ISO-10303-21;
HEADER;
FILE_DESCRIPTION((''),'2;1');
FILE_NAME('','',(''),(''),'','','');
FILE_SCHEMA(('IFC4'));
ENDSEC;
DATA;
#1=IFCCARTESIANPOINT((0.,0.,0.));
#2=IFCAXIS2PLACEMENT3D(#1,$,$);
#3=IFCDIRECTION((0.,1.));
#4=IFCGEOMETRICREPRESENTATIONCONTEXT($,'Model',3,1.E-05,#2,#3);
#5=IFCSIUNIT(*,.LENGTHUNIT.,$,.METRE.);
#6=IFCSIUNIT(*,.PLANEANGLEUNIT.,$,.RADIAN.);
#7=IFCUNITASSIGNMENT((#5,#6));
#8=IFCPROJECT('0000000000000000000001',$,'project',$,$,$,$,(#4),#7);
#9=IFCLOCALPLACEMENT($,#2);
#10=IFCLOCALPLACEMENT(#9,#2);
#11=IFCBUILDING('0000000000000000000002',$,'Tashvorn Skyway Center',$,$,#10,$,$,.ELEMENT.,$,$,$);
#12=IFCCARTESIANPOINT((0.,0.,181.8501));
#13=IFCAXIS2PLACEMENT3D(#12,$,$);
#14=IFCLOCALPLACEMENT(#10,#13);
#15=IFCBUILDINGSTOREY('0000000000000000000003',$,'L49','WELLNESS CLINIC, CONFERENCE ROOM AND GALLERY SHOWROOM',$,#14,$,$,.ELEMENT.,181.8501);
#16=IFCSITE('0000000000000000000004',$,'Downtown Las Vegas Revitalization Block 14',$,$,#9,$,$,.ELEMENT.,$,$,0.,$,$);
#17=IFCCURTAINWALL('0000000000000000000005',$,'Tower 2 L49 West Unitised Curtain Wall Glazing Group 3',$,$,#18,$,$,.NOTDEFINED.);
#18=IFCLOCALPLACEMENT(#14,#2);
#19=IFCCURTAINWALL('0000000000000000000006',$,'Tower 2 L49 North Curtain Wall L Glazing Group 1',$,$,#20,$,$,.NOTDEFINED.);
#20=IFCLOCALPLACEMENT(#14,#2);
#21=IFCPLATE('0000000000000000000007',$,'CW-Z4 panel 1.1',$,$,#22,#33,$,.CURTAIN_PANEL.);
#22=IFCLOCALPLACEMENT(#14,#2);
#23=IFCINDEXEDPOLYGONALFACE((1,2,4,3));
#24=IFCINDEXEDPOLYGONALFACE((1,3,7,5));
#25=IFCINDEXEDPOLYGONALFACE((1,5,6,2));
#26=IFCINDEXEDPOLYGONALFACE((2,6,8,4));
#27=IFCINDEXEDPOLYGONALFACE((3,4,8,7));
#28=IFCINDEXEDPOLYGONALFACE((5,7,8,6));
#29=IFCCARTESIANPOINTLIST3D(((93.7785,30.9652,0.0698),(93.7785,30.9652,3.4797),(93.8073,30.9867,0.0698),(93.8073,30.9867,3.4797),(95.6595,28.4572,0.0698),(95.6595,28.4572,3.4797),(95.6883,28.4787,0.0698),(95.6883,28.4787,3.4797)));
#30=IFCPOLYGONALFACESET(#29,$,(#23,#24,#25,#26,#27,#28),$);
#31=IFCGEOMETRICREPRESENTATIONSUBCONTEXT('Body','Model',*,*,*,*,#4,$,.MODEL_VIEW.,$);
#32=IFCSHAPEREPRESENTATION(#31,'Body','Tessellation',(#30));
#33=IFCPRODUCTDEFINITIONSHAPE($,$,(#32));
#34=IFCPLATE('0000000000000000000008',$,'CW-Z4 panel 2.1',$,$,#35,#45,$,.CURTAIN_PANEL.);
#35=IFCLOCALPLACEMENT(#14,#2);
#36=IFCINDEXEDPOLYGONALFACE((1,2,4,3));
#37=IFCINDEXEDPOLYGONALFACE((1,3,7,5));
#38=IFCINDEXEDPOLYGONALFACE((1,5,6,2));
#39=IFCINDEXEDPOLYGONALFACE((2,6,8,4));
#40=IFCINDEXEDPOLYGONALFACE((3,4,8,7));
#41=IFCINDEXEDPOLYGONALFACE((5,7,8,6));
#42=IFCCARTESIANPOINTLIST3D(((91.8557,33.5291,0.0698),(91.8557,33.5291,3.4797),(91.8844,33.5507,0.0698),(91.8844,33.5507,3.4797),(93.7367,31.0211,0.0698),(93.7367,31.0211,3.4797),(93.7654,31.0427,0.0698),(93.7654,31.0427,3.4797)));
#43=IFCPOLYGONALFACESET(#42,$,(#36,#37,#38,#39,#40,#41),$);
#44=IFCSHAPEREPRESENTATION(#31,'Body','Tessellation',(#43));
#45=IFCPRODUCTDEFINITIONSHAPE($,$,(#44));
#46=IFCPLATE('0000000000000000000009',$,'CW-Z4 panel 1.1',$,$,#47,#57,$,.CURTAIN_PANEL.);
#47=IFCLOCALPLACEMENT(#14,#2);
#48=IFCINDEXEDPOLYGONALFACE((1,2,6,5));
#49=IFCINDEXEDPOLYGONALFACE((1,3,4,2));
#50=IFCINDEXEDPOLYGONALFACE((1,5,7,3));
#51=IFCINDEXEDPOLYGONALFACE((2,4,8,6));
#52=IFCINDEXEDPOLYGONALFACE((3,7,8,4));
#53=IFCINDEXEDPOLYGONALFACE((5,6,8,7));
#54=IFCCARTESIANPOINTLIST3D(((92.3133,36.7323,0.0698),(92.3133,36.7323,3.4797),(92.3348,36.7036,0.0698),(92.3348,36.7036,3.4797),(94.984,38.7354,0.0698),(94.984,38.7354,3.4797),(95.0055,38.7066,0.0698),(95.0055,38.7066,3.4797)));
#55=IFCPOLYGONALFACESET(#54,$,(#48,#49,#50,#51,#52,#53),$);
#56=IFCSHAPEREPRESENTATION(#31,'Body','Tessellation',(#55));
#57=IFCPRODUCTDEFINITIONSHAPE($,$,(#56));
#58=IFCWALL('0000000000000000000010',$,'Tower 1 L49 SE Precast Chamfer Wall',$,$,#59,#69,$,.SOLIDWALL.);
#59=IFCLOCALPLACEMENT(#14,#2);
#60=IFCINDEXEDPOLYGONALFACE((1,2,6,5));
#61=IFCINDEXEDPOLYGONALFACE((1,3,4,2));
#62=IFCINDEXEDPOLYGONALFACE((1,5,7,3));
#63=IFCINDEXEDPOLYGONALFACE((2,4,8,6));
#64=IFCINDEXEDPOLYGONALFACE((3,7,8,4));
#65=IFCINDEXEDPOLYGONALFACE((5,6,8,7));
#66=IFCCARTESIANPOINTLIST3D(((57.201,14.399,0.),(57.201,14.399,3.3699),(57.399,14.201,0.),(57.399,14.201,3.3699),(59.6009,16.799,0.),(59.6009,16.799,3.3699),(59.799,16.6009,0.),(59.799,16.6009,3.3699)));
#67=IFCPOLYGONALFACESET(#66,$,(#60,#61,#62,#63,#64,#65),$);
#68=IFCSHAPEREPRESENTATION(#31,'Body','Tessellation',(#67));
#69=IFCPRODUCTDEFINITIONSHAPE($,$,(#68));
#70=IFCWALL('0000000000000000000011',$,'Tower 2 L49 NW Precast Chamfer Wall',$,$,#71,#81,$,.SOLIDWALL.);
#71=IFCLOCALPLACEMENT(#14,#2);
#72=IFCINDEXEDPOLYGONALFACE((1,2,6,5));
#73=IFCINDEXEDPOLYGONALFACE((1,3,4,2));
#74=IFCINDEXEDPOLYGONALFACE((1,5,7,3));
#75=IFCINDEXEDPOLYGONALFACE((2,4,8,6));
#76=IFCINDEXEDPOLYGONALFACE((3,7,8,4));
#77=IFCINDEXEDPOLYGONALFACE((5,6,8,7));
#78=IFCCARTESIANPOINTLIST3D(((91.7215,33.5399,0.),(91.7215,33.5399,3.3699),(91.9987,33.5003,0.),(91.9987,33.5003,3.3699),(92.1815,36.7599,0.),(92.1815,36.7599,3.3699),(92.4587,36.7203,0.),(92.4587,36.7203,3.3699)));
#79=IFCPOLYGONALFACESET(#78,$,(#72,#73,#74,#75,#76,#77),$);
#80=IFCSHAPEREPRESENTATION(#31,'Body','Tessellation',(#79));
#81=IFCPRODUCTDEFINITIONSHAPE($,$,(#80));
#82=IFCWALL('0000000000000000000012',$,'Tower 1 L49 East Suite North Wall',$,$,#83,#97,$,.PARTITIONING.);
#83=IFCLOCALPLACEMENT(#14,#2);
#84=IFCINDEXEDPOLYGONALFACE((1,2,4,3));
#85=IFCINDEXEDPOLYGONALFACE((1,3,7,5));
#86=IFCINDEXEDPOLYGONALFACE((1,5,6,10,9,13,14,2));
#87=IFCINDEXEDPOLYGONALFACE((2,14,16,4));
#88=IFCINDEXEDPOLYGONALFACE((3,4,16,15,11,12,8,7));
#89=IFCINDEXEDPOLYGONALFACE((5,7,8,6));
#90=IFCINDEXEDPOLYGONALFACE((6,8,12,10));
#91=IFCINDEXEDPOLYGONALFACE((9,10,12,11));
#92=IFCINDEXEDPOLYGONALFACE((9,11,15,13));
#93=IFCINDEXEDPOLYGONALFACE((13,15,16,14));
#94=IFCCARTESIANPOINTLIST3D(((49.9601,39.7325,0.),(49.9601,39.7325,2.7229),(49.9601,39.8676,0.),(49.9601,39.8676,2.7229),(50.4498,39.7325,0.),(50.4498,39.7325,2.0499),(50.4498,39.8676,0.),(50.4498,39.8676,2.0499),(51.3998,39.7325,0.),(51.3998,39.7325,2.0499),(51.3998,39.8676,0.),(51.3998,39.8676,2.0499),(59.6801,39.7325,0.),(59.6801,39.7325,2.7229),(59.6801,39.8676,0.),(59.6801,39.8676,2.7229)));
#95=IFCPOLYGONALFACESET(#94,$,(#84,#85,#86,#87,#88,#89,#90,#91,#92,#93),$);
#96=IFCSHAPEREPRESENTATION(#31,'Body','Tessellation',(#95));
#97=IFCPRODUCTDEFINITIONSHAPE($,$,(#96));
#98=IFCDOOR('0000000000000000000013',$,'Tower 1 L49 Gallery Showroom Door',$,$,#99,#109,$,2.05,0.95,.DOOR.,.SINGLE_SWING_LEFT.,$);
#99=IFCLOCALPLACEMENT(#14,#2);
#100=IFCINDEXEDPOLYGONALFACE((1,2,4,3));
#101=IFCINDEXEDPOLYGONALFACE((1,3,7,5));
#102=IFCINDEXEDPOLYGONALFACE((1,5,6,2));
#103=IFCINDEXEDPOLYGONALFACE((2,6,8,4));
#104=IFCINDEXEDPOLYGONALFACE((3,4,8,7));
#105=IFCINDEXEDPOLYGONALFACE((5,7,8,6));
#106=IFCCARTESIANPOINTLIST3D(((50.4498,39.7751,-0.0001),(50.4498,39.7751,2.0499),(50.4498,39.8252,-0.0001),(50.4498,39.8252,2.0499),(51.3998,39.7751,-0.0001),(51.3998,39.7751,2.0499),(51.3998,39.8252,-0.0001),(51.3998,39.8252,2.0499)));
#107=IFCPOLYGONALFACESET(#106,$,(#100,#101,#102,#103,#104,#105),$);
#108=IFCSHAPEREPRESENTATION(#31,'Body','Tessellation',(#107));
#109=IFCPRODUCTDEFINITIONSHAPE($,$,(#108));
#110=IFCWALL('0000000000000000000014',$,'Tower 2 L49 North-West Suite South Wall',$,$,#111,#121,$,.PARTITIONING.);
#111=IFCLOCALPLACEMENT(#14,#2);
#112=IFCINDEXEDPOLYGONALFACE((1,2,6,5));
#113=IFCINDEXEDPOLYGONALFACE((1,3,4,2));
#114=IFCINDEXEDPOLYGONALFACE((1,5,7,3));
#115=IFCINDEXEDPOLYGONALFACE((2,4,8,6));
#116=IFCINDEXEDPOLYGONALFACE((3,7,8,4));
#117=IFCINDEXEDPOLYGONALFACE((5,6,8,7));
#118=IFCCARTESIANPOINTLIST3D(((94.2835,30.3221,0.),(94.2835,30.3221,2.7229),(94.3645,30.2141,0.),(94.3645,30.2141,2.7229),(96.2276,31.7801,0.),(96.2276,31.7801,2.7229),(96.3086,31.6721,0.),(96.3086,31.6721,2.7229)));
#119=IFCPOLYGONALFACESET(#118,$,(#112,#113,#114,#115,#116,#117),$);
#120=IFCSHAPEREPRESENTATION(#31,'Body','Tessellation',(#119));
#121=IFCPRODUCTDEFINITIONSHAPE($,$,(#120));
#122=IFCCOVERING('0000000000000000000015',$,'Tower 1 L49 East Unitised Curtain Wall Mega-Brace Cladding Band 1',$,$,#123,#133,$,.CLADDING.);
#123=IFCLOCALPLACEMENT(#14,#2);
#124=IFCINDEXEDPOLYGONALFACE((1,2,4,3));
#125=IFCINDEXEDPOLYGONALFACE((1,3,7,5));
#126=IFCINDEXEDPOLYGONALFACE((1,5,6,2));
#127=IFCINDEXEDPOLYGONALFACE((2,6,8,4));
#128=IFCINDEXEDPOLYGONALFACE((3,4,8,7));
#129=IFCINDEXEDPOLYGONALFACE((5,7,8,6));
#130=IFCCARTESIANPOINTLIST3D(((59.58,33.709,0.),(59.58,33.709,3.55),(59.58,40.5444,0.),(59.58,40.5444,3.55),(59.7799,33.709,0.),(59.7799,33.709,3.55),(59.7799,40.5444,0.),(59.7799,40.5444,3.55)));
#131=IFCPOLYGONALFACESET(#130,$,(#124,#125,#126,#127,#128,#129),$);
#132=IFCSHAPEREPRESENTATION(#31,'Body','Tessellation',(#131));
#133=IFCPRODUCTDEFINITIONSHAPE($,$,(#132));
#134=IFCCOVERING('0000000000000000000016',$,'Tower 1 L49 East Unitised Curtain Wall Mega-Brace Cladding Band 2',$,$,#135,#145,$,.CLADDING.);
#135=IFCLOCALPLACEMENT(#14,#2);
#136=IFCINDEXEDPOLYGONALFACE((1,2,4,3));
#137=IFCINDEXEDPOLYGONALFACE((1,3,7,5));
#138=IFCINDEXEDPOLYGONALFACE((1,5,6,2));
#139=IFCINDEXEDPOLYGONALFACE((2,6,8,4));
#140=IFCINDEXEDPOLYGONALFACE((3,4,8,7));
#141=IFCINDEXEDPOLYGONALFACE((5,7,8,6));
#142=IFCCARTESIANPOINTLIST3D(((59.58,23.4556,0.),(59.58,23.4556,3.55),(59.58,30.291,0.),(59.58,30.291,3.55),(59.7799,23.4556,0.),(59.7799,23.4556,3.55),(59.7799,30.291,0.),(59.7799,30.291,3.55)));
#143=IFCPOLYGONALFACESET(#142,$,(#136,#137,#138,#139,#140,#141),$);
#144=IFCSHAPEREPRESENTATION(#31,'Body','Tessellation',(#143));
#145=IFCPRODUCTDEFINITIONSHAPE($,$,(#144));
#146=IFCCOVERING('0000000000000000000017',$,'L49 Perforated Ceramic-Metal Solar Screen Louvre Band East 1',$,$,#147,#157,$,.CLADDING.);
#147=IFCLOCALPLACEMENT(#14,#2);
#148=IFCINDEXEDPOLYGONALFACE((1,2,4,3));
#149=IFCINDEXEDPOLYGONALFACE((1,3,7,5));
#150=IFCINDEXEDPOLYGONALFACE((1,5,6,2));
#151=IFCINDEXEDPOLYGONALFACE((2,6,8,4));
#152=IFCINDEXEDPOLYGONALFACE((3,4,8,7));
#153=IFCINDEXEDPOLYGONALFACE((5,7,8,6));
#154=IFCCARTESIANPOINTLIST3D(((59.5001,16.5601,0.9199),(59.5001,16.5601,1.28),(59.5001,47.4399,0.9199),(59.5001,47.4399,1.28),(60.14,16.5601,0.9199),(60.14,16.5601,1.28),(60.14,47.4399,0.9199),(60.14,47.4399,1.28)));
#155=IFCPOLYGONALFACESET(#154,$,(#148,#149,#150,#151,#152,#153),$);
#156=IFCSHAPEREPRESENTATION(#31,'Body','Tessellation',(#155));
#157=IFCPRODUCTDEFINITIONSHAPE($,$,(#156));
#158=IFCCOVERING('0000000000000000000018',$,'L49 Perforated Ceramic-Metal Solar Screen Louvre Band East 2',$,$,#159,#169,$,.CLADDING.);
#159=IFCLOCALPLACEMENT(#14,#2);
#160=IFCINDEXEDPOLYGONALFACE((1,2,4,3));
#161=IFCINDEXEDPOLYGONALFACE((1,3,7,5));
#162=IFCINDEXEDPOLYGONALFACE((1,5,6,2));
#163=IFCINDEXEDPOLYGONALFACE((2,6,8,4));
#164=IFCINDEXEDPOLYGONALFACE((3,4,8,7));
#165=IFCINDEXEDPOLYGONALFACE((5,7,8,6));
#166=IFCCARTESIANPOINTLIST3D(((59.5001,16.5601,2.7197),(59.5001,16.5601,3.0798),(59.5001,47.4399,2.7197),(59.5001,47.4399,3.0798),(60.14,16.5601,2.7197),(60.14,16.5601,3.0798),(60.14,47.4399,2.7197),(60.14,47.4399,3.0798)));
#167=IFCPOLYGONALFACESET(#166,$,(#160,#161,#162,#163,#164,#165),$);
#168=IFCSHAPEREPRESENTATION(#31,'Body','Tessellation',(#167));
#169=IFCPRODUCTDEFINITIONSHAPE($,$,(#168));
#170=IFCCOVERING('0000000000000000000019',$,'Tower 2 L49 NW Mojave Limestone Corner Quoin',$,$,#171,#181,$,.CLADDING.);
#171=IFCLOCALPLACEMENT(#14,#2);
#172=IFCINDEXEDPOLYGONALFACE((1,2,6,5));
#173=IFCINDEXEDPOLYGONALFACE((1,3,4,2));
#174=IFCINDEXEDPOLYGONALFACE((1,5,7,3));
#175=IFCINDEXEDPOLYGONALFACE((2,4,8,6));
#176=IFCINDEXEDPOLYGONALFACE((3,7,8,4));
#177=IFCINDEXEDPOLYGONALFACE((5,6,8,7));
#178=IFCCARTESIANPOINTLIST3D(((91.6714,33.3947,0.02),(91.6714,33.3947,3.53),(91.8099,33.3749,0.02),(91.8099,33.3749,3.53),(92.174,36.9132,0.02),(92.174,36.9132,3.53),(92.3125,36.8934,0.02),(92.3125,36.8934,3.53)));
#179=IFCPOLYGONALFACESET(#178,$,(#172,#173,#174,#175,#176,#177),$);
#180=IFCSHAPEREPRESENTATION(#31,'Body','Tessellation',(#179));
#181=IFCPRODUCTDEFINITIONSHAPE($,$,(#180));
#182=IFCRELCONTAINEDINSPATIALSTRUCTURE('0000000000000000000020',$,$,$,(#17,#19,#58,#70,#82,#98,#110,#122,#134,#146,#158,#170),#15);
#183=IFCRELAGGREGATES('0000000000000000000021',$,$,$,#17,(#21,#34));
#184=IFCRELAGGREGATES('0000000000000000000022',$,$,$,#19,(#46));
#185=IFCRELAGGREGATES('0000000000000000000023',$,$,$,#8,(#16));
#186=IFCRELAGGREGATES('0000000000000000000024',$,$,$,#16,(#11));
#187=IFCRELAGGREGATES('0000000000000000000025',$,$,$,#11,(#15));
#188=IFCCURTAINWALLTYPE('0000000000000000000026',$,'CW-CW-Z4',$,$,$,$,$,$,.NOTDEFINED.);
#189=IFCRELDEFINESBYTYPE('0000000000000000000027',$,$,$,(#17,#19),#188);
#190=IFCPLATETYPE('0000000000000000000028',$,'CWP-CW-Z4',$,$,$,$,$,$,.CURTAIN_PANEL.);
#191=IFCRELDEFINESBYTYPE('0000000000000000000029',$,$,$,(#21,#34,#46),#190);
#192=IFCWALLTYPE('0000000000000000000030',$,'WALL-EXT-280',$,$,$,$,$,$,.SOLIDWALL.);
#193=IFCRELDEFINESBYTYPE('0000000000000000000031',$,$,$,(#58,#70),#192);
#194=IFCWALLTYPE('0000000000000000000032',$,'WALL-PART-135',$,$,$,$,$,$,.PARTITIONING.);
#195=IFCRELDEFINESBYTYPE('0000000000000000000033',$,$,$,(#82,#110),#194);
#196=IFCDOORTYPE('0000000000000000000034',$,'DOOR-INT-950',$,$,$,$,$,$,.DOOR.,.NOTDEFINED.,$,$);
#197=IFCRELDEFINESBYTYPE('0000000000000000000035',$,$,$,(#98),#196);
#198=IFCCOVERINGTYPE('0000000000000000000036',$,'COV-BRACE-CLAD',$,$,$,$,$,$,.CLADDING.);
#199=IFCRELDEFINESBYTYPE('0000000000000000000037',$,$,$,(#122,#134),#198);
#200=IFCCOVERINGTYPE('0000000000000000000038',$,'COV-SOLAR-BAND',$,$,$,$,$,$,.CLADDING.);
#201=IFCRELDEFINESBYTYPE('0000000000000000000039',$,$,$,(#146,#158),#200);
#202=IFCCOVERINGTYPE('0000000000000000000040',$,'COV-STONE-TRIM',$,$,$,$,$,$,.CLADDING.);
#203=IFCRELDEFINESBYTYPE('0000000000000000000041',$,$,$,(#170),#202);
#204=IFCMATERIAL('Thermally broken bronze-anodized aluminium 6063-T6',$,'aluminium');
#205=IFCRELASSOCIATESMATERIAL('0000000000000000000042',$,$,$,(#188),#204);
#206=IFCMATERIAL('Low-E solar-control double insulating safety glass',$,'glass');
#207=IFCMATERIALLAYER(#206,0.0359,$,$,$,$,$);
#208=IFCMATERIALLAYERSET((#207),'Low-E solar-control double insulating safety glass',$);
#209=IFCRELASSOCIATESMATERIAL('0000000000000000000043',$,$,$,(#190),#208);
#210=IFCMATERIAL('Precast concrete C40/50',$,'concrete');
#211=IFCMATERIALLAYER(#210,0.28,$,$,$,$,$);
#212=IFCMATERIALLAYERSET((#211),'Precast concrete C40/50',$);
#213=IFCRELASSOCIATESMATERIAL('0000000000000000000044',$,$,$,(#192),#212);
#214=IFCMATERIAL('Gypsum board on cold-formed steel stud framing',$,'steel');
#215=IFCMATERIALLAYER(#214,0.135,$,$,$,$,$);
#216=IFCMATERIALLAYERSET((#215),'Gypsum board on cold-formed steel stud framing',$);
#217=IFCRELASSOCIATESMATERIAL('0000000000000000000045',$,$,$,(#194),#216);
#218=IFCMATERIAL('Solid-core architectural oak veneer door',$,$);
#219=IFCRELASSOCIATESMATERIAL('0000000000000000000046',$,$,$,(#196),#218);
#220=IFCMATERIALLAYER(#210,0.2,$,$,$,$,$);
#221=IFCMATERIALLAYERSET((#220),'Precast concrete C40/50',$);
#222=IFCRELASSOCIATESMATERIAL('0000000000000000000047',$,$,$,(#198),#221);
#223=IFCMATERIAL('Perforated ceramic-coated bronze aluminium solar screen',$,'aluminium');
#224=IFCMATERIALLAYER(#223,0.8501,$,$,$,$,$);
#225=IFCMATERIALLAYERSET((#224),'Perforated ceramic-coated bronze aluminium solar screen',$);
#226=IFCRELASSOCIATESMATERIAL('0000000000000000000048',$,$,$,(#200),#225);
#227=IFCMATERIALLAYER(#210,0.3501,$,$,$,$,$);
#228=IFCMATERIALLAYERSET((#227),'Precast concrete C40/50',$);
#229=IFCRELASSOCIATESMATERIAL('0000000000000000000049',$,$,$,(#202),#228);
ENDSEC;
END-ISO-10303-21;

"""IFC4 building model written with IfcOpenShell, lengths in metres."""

from ifc_helpers import new_model, si_unit, direction, frame, frame_2d, origin, origin_2d, place, context, subcontext, project, spatial, rectangle, extrude, material, layer, layer_set, type_object, element, fill, aggregate, save


model = new_model("IFC4")

# Units and contexts
model_context = context("Model", 3, precision=1e-05, world=origin(), true_north=direction((0.0, 1.0)))
body_context = subcontext(model_context, "Body", "Model", "MODEL_VIEW")
ifc_project = project(units=[si_unit("LENGTHUNIT", "METRE"), si_unit("PLANEANGLEUNIT", "RADIAN")], contexts=[model_context])

# Site, building, storey
site_placement = place(None, origin())
site = spatial("IfcSite", under=ifc_project, at=site_placement, Name="Downtown Las Vegas Revitalization Block 14", CompositionType="ELEMENT", RefElevation=0.0)
building_placement = place(site_placement, origin())
building = spatial("IfcBuilding", under=site, at=building_placement, Name="Tashvorn Skyway Center", CompositionType="ELEMENT")
storey_placement = place(building_placement, frame((0.0, 0.0, 181.8501)))
storey = spatial("IfcBuildingStorey", under=building, at=storey_placement, Name="L49", Description="WELLNESS CLINIC, CONFERENCE ROOM AND GALLERY SHOWROOM", CompositionType="ELEMENT", Elevation=181.8501)

# Curtain walls
ifc_material_1 = material(Name="Thermally broken bronze-anodized aluminium 6063-T6", Category="aluminium")
curtain_wall_type = type_object("IfcCurtainWallType", Name="CW-CW-Z4", PredefinedType="NOTDEFINED", material=ifc_material_1)
curtain_wall_1_placement = place(storey_placement, origin())
curtain_wall_1 = element("IfcCurtainWall", 1, at=curtain_wall_1_placement, inside=storey, type_object=curtain_wall_type, Name="Tower 2 L49 West Unitised Curtain Wall Glazing Group 3", PredefinedType="NOTDEFINED")
curtain_wall_2_placement = place(storey_placement, origin())
curtain_wall_2 = element("IfcCurtainWall", 2, at=curtain_wall_2_placement, inside=storey, type_object=curtain_wall_type, Name="Tower 2 L49 North Curtain Wall L Glazing Group 1", PredefinedType="NOTDEFINED")

# Plates
ifc_material_2 = material(Name="Low-E solar-control double insulating safety glass", Category="glass")
ifc_layer_1 = layer(ifc_material_2, 0.0359)
ifc_layer_set_1 = layer_set([ifc_layer_1], Name="Low-E solar-control double insulating safety glass")
plate_type = type_object("IfcPlateType", Name="CWP-CW-Z4", PredefinedType="CURTAIN_PANEL", material=ifc_layer_set_1)
plate_1_placement = place(storey_placement, frame((94.7334, 29.7219, 0.0698), z_axis=(0.0, 0.0, 1.0), x_axis=(-0.6, 0.8, 0.0)))
plate_1 = element("IfcPlate", 3, at=plate_1_placement, type_object=plate_type, Name="CW-Z4 panel 1.1", PredefinedType="CURTAIN_PANEL", context=body_context, shape_type="SweptSolid", body=[
    extrude(rectangle(XDim=3.135, YDim=0.0359, at=origin_2d()), origin(), (0.0, 0.0, 1.0), 3.4099),
])
plate_2_placement = place(storey_placement, frame((92.8105, 32.2859, 0.0698), z_axis=(0.0, 0.0, 1.0), x_axis=(-0.6, 0.8, 0.0)))
plate_2 = element("IfcPlate", 4, at=plate_2_placement, type_object=plate_type, Name="CW-Z4 panel 2.1", PredefinedType="CURTAIN_PANEL", context=body_context, shape_type="SweptSolid", body=[
    extrude(rectangle(XDim=3.135, YDim=0.0359, at=origin_2d()), origin(), (0.0, 0.0, 1.0), 3.4099),
])
aggregate(curtain_wall_1, [plate_1, plate_2])
plate_3_placement = place(storey_placement, frame((93.6594, 37.7195, 0.0698), z_axis=(0.0, 0.0, 1.0), x_axis=(0.799998, 0.600002, 0.0)))
plate_3 = element("IfcPlate", 5, at=plate_3_placement, type_object=plate_type, Name="CW-Z4 panel 1.1", PredefinedType="CURTAIN_PANEL", context=body_context, shape_type="SweptSolid", body=[
    extrude(rectangle(XDim=3.3384, YDim=0.0359, at=origin_2d()), origin(), (0.0, 0.0, 1.0), 3.4099),
])
aggregate(curtain_wall_2, [plate_3])

# Walls
ifc_material_3 = material(Name="Precast concrete C40/50", Category="concrete")
ifc_layer_2 = layer(ifc_material_3, 0.28)
ifc_layer_set_2 = layer_set([ifc_layer_2], Name="Precast concrete C40/50")
wall_type_1 = type_object("IfcWallType", Name="WALL-EXT-280", PredefinedType="SOLIDWALL", material=ifc_layer_set_2)
wall_1_placement = place(storey_placement, frame((59.7, 16.7, 0.0), z_axis=(0.0, 0.0, 1.0), x_axis=(-0.707107, -0.707107, 0.0)))
element("IfcWall", 6, at=wall_1_placement, inside=storey, type_object=wall_type_1, Name="Tower 1 L49 SE Precast Chamfer Wall", PredefinedType="SOLIDWALL", context=body_context, shape_type="SweptSolid", body=[
    extrude(rectangle(XDim=3.394, YDim=0.28, at=frame_2d((1.697, 0.0))), origin(), (0.0, 0.0, 1.0), 3.3699),
])
wall_2_placement = place(storey_placement, frame((91.8601, 33.52, 0.0), z_axis=(0.0, 0.0, 1.0), x_axis=(0.141411, 0.989951, 0.0)))
element("IfcWall", 7, at=wall_2_placement, inside=storey, type_object=wall_type_1, Name="Tower 2 L49 NW Precast Chamfer Wall", PredefinedType="SOLIDWALL", context=body_context, shape_type="SweptSolid", body=[
    extrude(rectangle(XDim=3.2527, YDim=0.28, at=frame_2d((1.6265, 0.0))), origin(), (0.0, 0.0, 1.0), 3.3699),
])

# Wall, opening, door
ifc_material_4 = material(Name="Gypsum board on cold-formed steel stud framing", Category="steel")
ifc_layer_3 = layer(ifc_material_4, 0.135)
ifc_layer_set_3 = layer_set([ifc_layer_3], Name="Gypsum board on cold-formed steel stud framing")
wall_type_2 = type_object("IfcWallType", Name="WALL-PART-135", PredefinedType="PARTITIONING", material=ifc_layer_set_3)
wall_3_placement = place(storey_placement, frame((59.6799, 39.8, 0.0), z_axis=(0.0, 0.0, 1.0), x_axis=(-1.0, 0.0, 0.0)))
wall_3 = element("IfcWall", 8, at=wall_3_placement, inside=storey, type_object=wall_type_2, Name="Tower 1 L49 East Suite North Wall", PredefinedType="PARTITIONING", context=body_context, shape_type="SweptSolid", body=[
    extrude(rectangle(XDim=9.72, YDim=0.135, at=frame_2d((4.8599, 0.0))), origin(), (0.0, 0.0, 1.0), 2.7229),
])
opening_placement = place(wall_3_placement, frame((8.28, 0.0, 0.0)))
opening = element("IfcOpeningElement", 9, at=opening_placement, cuts=wall_3, PredefinedType="OPENING", context=body_context, shape_type="SweptSolid", body=[
    extrude(rectangle(XDim=0.95, YDim=2.05, at=frame_2d((0.4751, 1.0249))), frame((0.0, 0.0774, 0.0), z_axis=(0.0, -1.0, 0.0), x_axis=(1.0, 0.0, 0.0)), (0.0, 0.0, 1.0), 0.155),
])
ifc_material_5 = material(Name="Solid-core architectural oak veneer door")
door_type = type_object("IfcDoorType", Name="DOOR-INT-950", OperationType="NOTDEFINED", PredefinedType="DOOR", material=ifc_material_5)
door_placement = place(opening_placement, origin())
door = element("IfcDoor", 10, at=door_placement, inside=storey, type_object=door_type, Name="Tower 1 L49 Gallery Showroom Door", OperationType="SINGLE_SWING_LEFT", OverallHeight=2.05, OverallWidth=0.95, PredefinedType="DOOR", context=body_context, shape_type="SweptSolid", body=[
    extrude(rectangle(XDim=0.95, YDim=2.05, at=frame_2d((0.4751, 1.0249))), frame((0.0, 0.0249, 0.0), z_axis=(0.0, -1.0, 0.0), x_axis=(1.0, 0.0, 0.0)), (0.0, 0.0, 1.0), 0.05),
])
fill(opening, door)

# Wall
wall_4_placement = place(storey_placement, frame((94.324, 30.2681, 0.0), z_axis=(0.0, 0.0, 1.0), x_axis=(0.800012, 0.599984, 0.0)))
element("IfcWall", 11, at=wall_4_placement, inside=storey, type_object=wall_type_2, Name="Tower 2 L49 North-West Suite South Wall", PredefinedType="PARTITIONING", context=body_context, shape_type="SweptSolid", body=[
    extrude(rectangle(XDim=2.4302, YDim=0.135, at=frame_2d((1.2151, 0.0))), origin(), (0.0, 0.0, 1.0), 2.7229),
])

# Coverings
ifc_layer_4 = layer(ifc_material_3, 0.2)
ifc_layer_set_4 = layer_set([ifc_layer_4], Name="Precast concrete C40/50")
covering_type_1 = type_object("IfcCoveringType", Name="COV-BRACE-CLAD", PredefinedType="CLADDING", material=ifc_layer_set_4)
for number, where, z_axis, x_axis, name in (
    (12, (59.6799, 37.1267, 0.0), (0.0, 0.0, 1.0), (0.0, -1.0, 0.0), "Tower 1 L49 East Unitised Curtain Wall Mega-Brace Cladding Band 1"),
    (13, (59.6799, 26.8733, 0.0), (0.0, 0.0, 1.0), (0.0, -1.0, 0.0), "Tower 1 L49 East Unitised Curtain Wall Mega-Brace Cladding Band 2"),
):
    element("IfcCovering", number, at=place(storey_placement, frame(where, z_axis=z_axis, x_axis=x_axis)), inside=storey, type_object=covering_type_1, Name=name, PredefinedType="CLADDING", context=body_context, shape_type="SweptSolid", body=[
        extrude(rectangle(XDim=6.8354, YDim=0.2, at=origin_2d()), origin(), (0.0, 0.0, 1.0), 3.55),
    ])
ifc_material_6 = material(Name="Perforated ceramic-coated bronze aluminium solar screen", Category="aluminium")
ifc_layer_5 = layer(ifc_material_6, 0.8501)
ifc_layer_set_5 = layer_set([ifc_layer_5], Name="Perforated ceramic-coated bronze aluminium solar screen")
covering_type_2 = type_object("IfcCoveringType", Name="COV-SOLAR-BAND", PredefinedType="CLADDING", material=ifc_layer_set_5)
for number, where, z_axis, x_axis, name in (
    (14, (59.8201, 32.0, 0.9199), (0.0, 0.0, 1.0), (0.0, -1.0, 0.0), "L49 Perforated Ceramic-Metal Solar Screen Louvre Band East 1"),
    (15, (59.8201, 32.0, 2.7197), (0.0, 0.0, 1.0), (0.0, -1.0, 0.0), "L49 Perforated Ceramic-Metal Solar Screen Louvre Band East 2"),
):
    element("IfcCovering", number, at=place(storey_placement, frame(where, z_axis=z_axis, x_axis=x_axis)), inside=storey, type_object=covering_type_2, Name=name, PredefinedType="CLADDING", context=body_context, shape_type="SweptSolid", body=[
        extrude(rectangle(XDim=30.8799, YDim=0.6399, at=origin_2d()), origin(), (0.0, 0.0, 1.0), 0.3601),
    ])
ifc_layer_6 = layer(ifc_material_3, 0.3501)
ifc_layer_set_6 = layer_set([ifc_layer_6], Name="Precast concrete C40/50")
covering_type_3 = type_object("IfcCoveringType", Name="COV-STONE-TRIM", PredefinedType="CLADDING", material=ifc_layer_set_6)
covering_placement = place(storey_placement, frame((91.9919, 35.144, 0.02), z_axis=(0.0, 0.0, 1.0), x_axis=(-0.141421, -0.989949, 0.0)))
element("IfcCovering", 16, at=covering_placement, inside=storey, type_object=covering_type_3, Name="Tower 2 L49 NW Mojave Limestone Corner Quoin", PredefinedType="CLADDING", context=body_context, shape_type="SweptSolid", body=[
    extrude(rectangle(XDim=3.5542, YDim=0.1399, at=origin_2d()), origin(), (0.0, 0.0, 1.0), 3.51),
])

save(model, "model.ifc")
